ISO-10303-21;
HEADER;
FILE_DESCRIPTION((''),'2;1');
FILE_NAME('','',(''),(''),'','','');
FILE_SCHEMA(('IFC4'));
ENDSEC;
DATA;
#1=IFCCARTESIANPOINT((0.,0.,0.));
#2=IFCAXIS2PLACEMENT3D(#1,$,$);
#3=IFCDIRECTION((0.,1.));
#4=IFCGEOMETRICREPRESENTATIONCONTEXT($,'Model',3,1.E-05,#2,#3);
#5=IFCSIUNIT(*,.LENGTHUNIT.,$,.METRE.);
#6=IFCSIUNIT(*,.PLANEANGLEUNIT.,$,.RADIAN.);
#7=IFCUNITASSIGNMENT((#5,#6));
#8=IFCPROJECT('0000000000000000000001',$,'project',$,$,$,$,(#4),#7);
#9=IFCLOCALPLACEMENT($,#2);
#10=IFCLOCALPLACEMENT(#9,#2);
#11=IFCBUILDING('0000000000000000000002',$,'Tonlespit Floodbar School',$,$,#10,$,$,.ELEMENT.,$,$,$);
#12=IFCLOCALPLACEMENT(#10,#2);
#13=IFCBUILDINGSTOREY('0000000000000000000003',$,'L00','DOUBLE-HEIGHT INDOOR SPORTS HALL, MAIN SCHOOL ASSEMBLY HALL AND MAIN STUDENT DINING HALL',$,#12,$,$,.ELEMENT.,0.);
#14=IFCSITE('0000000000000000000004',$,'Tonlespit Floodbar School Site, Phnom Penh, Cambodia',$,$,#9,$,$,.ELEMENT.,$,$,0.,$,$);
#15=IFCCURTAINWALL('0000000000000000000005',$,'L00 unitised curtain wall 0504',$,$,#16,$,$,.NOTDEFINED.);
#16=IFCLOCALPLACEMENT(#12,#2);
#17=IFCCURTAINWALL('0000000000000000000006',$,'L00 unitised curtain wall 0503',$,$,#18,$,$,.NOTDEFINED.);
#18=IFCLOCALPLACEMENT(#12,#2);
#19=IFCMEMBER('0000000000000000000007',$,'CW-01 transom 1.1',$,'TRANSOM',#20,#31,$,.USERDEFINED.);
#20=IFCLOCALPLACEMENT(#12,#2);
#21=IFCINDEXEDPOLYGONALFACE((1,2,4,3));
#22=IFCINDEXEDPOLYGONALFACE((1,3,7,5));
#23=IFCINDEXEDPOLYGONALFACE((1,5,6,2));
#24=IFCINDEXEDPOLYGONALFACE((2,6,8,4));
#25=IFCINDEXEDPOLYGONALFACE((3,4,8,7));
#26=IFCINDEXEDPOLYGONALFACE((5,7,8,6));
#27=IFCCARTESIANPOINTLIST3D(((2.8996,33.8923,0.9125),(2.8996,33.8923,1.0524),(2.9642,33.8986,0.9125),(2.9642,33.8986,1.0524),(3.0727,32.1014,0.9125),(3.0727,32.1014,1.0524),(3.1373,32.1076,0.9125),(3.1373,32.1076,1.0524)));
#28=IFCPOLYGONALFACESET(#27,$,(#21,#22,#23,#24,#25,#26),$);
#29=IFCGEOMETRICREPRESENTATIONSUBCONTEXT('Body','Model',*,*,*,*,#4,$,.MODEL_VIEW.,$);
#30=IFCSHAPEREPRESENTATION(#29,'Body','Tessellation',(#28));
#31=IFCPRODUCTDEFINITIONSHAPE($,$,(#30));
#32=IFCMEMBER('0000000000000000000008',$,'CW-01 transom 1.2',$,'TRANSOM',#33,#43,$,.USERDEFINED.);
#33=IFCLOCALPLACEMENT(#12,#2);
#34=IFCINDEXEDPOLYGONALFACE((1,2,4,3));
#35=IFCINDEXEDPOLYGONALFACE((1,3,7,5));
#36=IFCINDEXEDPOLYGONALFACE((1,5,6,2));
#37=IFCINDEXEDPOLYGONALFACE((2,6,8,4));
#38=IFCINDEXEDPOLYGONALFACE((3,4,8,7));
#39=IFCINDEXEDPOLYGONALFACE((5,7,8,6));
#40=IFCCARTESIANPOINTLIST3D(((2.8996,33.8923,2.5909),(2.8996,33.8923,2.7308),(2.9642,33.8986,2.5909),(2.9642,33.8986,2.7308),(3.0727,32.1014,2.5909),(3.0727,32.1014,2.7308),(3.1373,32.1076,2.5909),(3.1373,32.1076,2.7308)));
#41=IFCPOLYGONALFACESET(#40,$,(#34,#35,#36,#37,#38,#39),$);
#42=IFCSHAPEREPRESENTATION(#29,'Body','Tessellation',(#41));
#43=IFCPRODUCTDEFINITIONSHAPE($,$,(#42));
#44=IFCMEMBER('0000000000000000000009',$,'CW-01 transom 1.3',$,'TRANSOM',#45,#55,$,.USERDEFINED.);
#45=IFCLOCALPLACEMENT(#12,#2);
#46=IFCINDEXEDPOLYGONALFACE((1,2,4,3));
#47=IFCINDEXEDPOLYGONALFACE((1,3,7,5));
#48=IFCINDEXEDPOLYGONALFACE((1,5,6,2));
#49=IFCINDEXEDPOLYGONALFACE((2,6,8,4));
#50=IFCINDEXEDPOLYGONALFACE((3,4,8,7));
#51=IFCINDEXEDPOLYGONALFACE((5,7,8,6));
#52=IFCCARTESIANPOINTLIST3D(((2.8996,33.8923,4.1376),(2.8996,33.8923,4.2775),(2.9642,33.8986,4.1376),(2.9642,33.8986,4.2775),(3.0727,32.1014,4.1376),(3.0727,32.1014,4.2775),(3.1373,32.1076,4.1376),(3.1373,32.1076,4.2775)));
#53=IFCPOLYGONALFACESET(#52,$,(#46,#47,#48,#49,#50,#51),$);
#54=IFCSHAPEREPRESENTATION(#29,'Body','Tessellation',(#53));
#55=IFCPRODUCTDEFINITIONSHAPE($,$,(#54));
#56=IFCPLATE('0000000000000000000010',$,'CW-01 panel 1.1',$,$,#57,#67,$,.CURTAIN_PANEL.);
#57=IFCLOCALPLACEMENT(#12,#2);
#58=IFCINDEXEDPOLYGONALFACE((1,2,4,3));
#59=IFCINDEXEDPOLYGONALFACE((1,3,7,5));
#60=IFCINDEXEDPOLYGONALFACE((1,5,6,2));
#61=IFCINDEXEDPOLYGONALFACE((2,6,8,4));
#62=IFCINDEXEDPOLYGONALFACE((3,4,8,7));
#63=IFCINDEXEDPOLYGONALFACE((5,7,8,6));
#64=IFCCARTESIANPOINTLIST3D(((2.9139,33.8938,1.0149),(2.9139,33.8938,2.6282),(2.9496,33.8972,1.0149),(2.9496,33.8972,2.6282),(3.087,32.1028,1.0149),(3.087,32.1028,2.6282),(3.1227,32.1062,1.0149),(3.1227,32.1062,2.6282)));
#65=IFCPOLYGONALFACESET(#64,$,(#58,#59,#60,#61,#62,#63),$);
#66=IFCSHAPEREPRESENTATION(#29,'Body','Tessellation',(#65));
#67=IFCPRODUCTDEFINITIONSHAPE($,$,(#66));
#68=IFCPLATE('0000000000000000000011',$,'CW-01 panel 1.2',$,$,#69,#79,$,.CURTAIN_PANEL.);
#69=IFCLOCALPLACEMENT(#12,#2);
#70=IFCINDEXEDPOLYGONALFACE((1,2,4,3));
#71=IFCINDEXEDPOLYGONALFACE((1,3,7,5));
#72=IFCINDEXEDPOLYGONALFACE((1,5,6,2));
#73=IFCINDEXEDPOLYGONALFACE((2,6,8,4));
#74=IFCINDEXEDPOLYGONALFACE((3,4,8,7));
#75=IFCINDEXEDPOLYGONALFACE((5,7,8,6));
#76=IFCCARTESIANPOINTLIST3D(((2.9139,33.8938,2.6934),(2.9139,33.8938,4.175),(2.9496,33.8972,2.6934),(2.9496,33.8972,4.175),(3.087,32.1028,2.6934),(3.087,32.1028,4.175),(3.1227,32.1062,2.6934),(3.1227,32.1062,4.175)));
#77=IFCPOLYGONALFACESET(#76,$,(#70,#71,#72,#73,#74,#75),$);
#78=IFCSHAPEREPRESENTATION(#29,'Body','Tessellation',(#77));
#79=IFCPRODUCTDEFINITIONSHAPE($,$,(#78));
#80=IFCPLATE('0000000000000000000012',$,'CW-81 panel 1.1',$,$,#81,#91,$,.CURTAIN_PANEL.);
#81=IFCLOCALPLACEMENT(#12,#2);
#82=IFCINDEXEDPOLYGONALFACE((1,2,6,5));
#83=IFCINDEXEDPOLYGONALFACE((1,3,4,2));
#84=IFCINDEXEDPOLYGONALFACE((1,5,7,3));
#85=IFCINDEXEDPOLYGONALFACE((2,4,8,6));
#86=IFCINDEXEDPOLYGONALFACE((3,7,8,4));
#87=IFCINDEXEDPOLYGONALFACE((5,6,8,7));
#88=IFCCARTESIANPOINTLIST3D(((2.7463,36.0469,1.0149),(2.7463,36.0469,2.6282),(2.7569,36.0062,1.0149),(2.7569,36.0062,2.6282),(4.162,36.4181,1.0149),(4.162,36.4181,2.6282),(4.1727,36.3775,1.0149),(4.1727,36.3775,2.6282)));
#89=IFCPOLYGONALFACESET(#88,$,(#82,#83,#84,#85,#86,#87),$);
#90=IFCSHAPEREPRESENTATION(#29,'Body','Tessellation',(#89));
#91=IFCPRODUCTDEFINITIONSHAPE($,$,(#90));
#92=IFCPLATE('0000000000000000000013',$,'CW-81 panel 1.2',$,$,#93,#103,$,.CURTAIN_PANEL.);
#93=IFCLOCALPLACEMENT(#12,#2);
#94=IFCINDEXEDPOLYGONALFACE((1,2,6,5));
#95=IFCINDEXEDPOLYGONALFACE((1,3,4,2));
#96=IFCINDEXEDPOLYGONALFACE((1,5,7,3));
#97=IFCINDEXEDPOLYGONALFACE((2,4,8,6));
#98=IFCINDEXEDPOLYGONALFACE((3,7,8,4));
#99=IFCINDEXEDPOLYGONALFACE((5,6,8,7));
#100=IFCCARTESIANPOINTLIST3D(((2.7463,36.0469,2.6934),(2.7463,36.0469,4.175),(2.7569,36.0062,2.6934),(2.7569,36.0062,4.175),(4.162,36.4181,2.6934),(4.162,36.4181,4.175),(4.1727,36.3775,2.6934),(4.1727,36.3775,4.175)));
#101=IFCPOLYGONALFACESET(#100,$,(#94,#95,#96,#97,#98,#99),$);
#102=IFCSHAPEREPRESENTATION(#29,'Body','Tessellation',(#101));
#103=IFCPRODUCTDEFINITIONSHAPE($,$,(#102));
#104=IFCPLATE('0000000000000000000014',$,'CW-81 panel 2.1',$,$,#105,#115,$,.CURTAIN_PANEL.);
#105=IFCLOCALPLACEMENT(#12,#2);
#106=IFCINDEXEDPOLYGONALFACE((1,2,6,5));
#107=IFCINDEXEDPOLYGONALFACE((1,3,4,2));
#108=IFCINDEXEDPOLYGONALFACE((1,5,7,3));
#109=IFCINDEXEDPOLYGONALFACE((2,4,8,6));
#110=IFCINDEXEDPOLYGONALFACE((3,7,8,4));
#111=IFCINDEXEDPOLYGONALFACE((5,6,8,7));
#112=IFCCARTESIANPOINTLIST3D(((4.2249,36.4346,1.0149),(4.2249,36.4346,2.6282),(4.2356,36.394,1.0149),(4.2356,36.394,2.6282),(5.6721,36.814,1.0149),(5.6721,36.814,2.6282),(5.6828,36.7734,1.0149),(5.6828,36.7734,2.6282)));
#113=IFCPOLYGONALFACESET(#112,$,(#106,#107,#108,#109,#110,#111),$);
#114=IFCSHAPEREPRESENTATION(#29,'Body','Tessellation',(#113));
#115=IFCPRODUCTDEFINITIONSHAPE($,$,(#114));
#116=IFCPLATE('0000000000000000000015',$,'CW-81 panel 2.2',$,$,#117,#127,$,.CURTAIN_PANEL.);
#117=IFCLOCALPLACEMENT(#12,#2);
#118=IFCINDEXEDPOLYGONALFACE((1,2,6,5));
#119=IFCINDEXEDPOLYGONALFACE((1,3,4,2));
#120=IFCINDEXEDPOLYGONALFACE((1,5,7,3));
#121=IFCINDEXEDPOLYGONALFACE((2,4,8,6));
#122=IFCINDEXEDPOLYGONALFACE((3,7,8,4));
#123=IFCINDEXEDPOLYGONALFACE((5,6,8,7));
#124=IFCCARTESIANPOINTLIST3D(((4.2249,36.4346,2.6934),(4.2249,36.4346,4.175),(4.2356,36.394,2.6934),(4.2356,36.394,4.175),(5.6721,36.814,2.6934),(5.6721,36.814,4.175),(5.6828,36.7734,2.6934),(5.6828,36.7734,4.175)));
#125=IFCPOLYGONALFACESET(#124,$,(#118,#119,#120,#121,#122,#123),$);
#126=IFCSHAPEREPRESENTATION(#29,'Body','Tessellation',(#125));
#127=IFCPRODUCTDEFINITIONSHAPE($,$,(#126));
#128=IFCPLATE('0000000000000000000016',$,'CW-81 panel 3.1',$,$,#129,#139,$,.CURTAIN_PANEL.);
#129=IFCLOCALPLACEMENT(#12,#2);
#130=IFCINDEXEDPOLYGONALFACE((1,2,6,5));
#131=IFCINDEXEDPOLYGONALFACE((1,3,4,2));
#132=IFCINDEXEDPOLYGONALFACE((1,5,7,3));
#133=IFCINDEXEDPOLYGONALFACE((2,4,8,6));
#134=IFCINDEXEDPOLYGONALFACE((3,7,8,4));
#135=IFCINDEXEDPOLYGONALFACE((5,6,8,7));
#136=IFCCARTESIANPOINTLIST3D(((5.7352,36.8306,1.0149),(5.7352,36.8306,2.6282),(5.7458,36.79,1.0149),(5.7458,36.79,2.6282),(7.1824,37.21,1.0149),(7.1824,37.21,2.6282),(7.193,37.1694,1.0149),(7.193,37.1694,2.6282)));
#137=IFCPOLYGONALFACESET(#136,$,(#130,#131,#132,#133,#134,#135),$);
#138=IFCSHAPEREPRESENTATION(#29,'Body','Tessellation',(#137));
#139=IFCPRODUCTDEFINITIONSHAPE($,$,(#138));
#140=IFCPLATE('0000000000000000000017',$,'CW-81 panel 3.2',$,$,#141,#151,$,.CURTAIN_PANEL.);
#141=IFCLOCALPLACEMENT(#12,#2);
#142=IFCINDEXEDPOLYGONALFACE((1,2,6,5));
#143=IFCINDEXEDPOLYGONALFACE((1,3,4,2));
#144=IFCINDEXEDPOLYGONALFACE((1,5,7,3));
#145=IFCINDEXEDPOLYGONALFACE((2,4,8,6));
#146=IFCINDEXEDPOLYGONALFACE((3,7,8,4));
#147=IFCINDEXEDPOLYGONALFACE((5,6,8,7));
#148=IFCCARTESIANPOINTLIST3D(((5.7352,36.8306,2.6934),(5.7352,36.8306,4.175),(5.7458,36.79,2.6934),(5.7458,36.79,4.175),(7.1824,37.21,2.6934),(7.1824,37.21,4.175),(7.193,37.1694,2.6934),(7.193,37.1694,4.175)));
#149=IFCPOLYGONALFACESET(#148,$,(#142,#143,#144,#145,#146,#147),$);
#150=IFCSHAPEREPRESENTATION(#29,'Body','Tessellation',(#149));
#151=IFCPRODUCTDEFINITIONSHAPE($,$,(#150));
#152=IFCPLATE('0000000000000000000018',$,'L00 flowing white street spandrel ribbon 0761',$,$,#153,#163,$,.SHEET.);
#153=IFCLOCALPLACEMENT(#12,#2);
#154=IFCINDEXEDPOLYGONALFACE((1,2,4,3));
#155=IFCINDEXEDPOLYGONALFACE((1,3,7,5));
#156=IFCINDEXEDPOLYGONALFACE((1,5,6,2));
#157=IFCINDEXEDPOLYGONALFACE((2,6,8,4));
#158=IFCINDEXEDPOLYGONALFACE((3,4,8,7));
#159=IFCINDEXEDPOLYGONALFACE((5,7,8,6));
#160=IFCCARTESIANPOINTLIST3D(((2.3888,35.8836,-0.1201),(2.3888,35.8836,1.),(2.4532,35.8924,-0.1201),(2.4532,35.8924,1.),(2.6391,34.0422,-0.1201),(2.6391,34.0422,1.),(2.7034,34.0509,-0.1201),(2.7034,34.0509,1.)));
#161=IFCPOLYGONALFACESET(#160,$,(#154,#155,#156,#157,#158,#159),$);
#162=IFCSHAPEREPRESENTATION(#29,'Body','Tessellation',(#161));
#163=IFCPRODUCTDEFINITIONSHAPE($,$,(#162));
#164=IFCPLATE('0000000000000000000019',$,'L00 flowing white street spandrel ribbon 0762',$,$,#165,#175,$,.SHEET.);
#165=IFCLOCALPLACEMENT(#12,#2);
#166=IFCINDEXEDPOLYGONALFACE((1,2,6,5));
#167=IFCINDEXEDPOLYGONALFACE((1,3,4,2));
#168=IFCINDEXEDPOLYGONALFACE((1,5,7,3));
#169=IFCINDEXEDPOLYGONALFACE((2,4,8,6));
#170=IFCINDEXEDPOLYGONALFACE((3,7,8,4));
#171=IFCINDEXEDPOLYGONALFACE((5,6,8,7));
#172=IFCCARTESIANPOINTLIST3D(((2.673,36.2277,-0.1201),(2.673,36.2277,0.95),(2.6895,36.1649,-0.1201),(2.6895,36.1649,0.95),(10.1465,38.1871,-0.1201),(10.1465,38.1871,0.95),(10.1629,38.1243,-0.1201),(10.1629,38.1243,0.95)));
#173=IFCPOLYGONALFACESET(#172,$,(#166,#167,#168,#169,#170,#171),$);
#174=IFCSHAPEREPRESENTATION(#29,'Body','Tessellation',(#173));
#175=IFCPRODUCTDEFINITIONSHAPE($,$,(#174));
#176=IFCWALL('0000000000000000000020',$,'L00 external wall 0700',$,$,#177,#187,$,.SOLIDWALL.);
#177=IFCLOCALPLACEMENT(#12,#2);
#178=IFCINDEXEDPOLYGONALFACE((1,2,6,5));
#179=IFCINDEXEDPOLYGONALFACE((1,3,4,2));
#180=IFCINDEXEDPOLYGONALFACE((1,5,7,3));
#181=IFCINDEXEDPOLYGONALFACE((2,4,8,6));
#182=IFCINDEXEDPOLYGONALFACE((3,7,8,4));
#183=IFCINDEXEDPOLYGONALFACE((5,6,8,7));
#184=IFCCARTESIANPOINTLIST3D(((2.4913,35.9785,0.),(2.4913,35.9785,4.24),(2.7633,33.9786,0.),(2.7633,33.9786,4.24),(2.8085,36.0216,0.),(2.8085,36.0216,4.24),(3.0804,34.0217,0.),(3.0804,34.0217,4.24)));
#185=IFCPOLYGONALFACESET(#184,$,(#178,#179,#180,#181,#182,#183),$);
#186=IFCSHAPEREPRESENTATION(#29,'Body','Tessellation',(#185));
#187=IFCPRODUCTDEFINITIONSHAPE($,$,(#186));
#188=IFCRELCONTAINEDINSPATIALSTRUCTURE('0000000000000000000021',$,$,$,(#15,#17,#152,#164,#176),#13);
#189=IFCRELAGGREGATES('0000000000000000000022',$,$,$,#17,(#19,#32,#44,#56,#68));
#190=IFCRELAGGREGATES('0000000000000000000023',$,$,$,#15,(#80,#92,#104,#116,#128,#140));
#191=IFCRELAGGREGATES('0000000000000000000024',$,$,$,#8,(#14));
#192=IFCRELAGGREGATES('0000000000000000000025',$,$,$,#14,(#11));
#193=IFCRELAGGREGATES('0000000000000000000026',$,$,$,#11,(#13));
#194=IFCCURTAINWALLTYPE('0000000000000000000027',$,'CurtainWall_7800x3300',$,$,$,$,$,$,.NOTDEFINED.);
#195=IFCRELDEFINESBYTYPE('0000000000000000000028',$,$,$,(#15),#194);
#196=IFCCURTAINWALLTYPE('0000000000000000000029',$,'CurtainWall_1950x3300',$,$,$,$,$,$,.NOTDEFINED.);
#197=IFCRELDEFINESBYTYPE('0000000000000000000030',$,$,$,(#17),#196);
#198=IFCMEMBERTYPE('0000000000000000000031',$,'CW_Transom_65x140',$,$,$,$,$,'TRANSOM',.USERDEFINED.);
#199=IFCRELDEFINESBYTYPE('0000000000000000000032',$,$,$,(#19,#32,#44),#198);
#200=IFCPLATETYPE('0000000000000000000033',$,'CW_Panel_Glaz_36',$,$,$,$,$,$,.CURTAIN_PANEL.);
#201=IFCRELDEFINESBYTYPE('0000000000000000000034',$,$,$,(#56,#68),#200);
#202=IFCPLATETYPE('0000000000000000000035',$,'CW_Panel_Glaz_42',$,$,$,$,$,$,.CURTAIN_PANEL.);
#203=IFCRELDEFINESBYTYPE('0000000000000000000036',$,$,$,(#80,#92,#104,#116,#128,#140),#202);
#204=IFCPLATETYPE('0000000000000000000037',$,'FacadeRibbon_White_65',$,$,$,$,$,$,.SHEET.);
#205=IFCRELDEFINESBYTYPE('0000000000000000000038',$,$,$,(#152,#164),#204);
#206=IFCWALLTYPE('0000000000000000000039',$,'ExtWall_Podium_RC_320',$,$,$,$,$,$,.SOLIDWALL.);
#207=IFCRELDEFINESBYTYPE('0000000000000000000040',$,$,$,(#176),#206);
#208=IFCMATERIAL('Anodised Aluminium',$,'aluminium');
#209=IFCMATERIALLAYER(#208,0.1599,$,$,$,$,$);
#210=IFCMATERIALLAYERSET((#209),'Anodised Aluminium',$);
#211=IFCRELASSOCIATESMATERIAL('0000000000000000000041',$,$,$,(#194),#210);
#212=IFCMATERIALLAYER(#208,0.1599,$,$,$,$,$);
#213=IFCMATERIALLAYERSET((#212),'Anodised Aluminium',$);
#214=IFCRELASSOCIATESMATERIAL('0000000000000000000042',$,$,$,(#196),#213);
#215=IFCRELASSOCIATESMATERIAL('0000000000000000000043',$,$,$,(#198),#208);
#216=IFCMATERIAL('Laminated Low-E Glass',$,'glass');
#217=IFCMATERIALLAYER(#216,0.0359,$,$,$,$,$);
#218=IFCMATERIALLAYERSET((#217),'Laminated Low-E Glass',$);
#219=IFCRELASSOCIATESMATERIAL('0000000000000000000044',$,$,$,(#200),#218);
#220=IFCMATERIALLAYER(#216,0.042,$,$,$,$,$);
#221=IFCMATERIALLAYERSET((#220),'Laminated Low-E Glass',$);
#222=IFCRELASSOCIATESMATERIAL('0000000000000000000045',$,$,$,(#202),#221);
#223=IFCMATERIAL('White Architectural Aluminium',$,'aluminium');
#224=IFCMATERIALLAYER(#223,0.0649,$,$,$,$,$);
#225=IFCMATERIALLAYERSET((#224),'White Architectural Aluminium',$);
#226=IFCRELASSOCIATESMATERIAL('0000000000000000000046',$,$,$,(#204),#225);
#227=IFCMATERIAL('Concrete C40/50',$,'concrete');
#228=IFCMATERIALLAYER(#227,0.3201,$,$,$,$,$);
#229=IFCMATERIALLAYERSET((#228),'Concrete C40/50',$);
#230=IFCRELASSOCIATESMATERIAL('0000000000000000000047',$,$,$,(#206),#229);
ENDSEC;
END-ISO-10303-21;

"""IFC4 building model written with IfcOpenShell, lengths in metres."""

from ifc_helpers import new_model, si_unit, direction, frame, frame_2d, origin, origin_2d, place, context, subcontext, project, spatial, rectangle, extrude, material, layer, layer_set, material_profile, profile_set, type_object, element, aggregate, save


model = new_model("IFC4")

# Units and contexts
model_context = context("Model", 3, precision=1e-05, world=origin(), true_north=direction((0.0, 1.0)))
body_context = subcontext(model_context, "Body", "Model", "MODEL_VIEW")
ifc_project = project(units=[si_unit("LENGTHUNIT", "METRE"), si_unit("PLANEANGLEUNIT", "RADIAN")], contexts=[model_context])

# Site, building, storey
site_placement = place(None, origin())
site = spatial("IfcSite", under=ifc_project, at=site_placement, Name="Tonlespit Floodbar School Site, Phnom Penh, Cambodia", CompositionType="ELEMENT", RefElevation=0.0)
building_placement = place(site_placement, origin())
building = spatial("IfcBuilding", under=site, at=building_placement, Name="Tonlespit Floodbar School", CompositionType="ELEMENT")
storey_placement = place(building_placement, origin())
storey = spatial("IfcBuildingStorey", under=building, at=storey_placement, Name="L00", Description="DOUBLE-HEIGHT INDOOR SPORTS HALL, MAIN SCHOOL ASSEMBLY HALL AND MAIN STUDENT DINING HALL", CompositionType="ELEMENT", Elevation=0.0)

# Curtain wall
ifc_material_1 = material(Name="Anodised Aluminium", Category="aluminium")
ifc_layer_1 = layer(ifc_material_1, 0.1599)
ifc_layer_set_1 = layer_set([ifc_layer_1], Name="Anodised Aluminium")
curtain_wall_type_1 = type_object("IfcCurtainWallType", Name="CurtainWall_7800x3300", PredefinedType="NOTDEFINED", material=ifc_layer_set_1)
curtain_wall_1_placement = place(storey_placement, origin())
curtain_wall_1 = element("IfcCurtainWall", 1, at=curtain_wall_1_placement, inside=storey, type_object=curtain_wall_type_1, Name="L00 unitised curtain wall 0504", PredefinedType="NOTDEFINED")

# Curtain wall
ifc_layer_2 = layer(ifc_material_1, 0.1599)
ifc_layer_set_2 = layer_set([ifc_layer_2], Name="Anodised Aluminium")
curtain_wall_type_2 = type_object("IfcCurtainWallType", Name="CurtainWall_1950x3300", PredefinedType="NOTDEFINED", material=ifc_layer_set_2)
curtain_wall_2_placement = place(storey_placement, origin())
curtain_wall_2 = element("IfcCurtainWall", 2, at=curtain_wall_2_placement, inside=storey, type_object=curtain_wall_type_2, Name="L00 unitised curtain wall 0503", PredefinedType="NOTDEFINED")

# Members
ifc_material_profile_1 = material_profile(ifc_material_1, rectangle(XDim=0.0649, YDim=0.1399, at=origin_2d()), Name="ALU T65x140")
ifc_profile_set_1 = profile_set([ifc_material_profile_1], Name="Anodised Aluminium")
member_type_1 = type_object("IfcMemberType", Name="CW_Transom_65x140", ElementType="TRANSOM", PredefinedType="USERDEFINED", material=ifc_profile_set_1)
member_1_placement = place(storey_placement, frame((3.105, 32.1045, 0.9824), z_axis=(-0.096198, 0.995362, 0.0), x_axis=(-0.995362, -0.096198, 0.0)))
member_1 = element("IfcMember", 3, at=member_1_placement, type_object=member_type_1, Name="CW-01 transom 1.1", ObjectType="TRANSOM", PredefinedType="USERDEFINED", context=body_context, shape_type="SweptSolid", body=[
    extrude(rectangle(XDim=0.0649, YDim=0.1399, at=origin_2d()), origin(), (0.0, 0.0, 1.0), 1.7993),
])
member_2_placement = place(storey_placement, frame((3.105, 32.1045, 2.6609), z_axis=(-0.096198, 0.995362, 0.0), x_axis=(-0.995362, -0.096198, 0.0)))
member_2 = element("IfcMember", 4, at=member_2_placement, type_object=member_type_1, Name="CW-01 transom 1.2", ObjectType="TRANSOM", PredefinedType="USERDEFINED", context=body_context, shape_type="SweptSolid", body=[
    extrude(rectangle(XDim=0.0649, YDim=0.1399, at=origin_2d()), origin(), (0.0, 0.0, 1.0), 1.7993),
])
member_3_placement = place(storey_placement, frame((3.105, 32.1045, 4.2075), z_axis=(-0.096198, 0.995362, 0.0), x_axis=(-0.995362, -0.096198, 0.0)))
member_3 = element("IfcMember", 5, at=member_3_placement, type_object=member_type_1, Name="CW-01 transom 1.3", ObjectType="TRANSOM", PredefinedType="USERDEFINED", context=body_context, shape_type="SweptSolid", body=[
    extrude(rectangle(XDim=0.0649, YDim=0.1399, at=origin_2d()), origin(), (0.0, 0.0, 1.0), 1.7993),
])

# Plates
ifc_material_2 = material(Name="Laminated Low-E Glass", Category="glass")
ifc_layer_3 = layer(ifc_material_2, 0.0359)
ifc_layer_set_3 = layer_set([ifc_layer_3], Name="Laminated Low-E Glass")
plate_type_1 = type_object("IfcPlateType", Name="CW_Panel_Glaz_36", PredefinedType="CURTAIN_PANEL", material=ifc_layer_set_3)
plate_1_placement = place(storey_placement, frame((3.0183, 33.0, 1.0149), z_axis=(0.0, 0.0, 1.0), x_axis=(-0.096198, 0.995362, 0.0)))
plate_1 = element("IfcPlate", 6, at=plate_1_placement, type_object=plate_type_1, Name="CW-01 panel 1.1", PredefinedType="CURTAIN_PANEL", context=body_context, shape_type="SweptSolid", body=[
    extrude(rectangle(XDim=1.7993, YDim=0.0359, at=origin_2d()), origin(), (0.0, 0.0, 1.0), 1.6133),
])
plate_2_placement = place(storey_placement, frame((3.0183, 33.0, 2.6934), z_axis=(0.0, 0.0, 1.0), x_axis=(-0.096198, 0.995362, 0.0)))
plate_2 = element("IfcPlate", 7, at=plate_2_placement, type_object=plate_type_1, Name="CW-01 panel 1.2", PredefinedType="CURTAIN_PANEL", context=body_context, shape_type="SweptSolid", body=[
    extrude(rectangle(XDim=1.7993, YDim=0.0359, at=origin_2d()), origin(), (0.0, 0.0, 1.0), 1.4817),
])
aggregate(curtain_wall_2, [member_1, member_2, member_3, plate_1, plate_2])
ifc_layer_4 = layer(ifc_material_2, 0.042)
ifc_layer_set_4 = layer_set([ifc_layer_4], Name="Laminated Low-E Glass")
plate_type_2 = type_object("IfcPlateType", Name="CW_Panel_Glaz_42", PredefinedType="CURTAIN_PANEL", material=ifc_layer_set_4)
plate_3_placement = place(storey_placement, frame((3.4595, 36.2122, 1.0149), z_axis=(0.0, 0.0, 1.0), x_axis=(0.967303, 0.253624, 0.0)))
plate_3 = element("IfcPlate", 8, at=plate_3_placement, type_object=plate_type_2, Name="CW-81 panel 1.1", PredefinedType="CURTAIN_PANEL", context=body_context, shape_type="SweptSolid", body=[
    extrude(rectangle(XDim=1.4636, YDim=0.042, at=origin_2d()), origin(), (0.0, 0.0, 1.0), 1.6133),
])
plate_4_placement = place(storey_placement, frame((3.4595, 36.2122, 2.6934), z_axis=(0.0, 0.0, 1.0), x_axis=(0.967303, 0.253624, 0.0)))
plate_4 = element("IfcPlate", 9, at=plate_4_placement, type_object=plate_type_2, Name="CW-81 panel 1.2", PredefinedType="CURTAIN_PANEL", context=body_context, shape_type="SweptSolid", body=[
    extrude(rectangle(XDim=1.4636, YDim=0.042, at=origin_2d()), origin(), (0.0, 0.0, 1.0), 1.4817),
])
plate_5_placement = place(storey_placement, frame((4.9539, 36.604, 1.0149), z_axis=(0.0, 0.0, 1.0), x_axis=(0.967303, 0.253624, 0.0)))
plate_5 = element("IfcPlate", 10, at=plate_5_placement, type_object=plate_type_2, Name="CW-81 panel 2.1", PredefinedType="CURTAIN_PANEL", context=body_context, shape_type="SweptSolid", body=[
    extrude(rectangle(XDim=1.4961, YDim=0.042, at=origin_2d()), origin(), (0.0, 0.0, 1.0), 1.6133),
])
plate_6_placement = place(storey_placement, frame((4.9539, 36.604, 2.6934), z_axis=(0.0, 0.0, 1.0), x_axis=(0.967303, 0.253624, 0.0)))
plate_6 = element("IfcPlate", 11, at=plate_6_placement, type_object=plate_type_2, Name="CW-81 panel 2.2", PredefinedType="CURTAIN_PANEL", context=body_context, shape_type="SweptSolid", body=[
    extrude(rectangle(XDim=1.4961, YDim=0.042, at=origin_2d()), origin(), (0.0, 0.0, 1.0), 1.4817),
])
plate_7_placement = place(storey_placement, frame((6.4641, 37.0, 1.0149), z_axis=(0.0, 0.0, 1.0), x_axis=(0.967303, 0.253624, 0.0)))
plate_7 = element("IfcPlate", 12, at=plate_7_placement, type_object=plate_type_2, Name="CW-81 panel 3.1", PredefinedType="CURTAIN_PANEL", context=body_context, shape_type="SweptSolid", body=[
    extrude(rectangle(XDim=1.4961, YDim=0.042, at=origin_2d()), origin(), (0.0, 0.0, 1.0), 1.6133),
])
plate_8_placement = place(storey_placement, frame((6.4641, 37.0, 2.6934), z_axis=(0.0, 0.0, 1.0), x_axis=(0.967303, 0.253624, 0.0)))
plate_8 = element("IfcPlate", 13, at=plate_8_placement, type_object=plate_type_2, Name="CW-81 panel 3.2", PredefinedType="CURTAIN_PANEL", context=body_context, shape_type="SweptSolid", body=[
    extrude(rectangle(XDim=1.4961, YDim=0.042, at=origin_2d()), origin(), (0.0, 0.0, 1.0), 1.4817),
])
aggregate(curtain_wall_1, [plate_3, plate_4, plate_5, plate_6, plate_7, plate_8])

# Plates
ifc_material_3 = material(Name="White Architectural Aluminium", Category="aluminium")
ifc_layer_5 = layer(ifc_material_3, 0.0649)
ifc_layer_set_5 = layer_set([ifc_layer_5], Name="White Architectural Aluminium")
plate_type_3 = type_object("IfcPlateType", Name="FacadeRibbon_White_65", PredefinedType="SHEET", material=ifc_layer_set_5)
plate_9_placement = place(storey_placement, frame((2.5461, 34.9673, -0.1201), z_axis=(0.0, 0.0, 1.0), x_axis=(-0.134662, 0.990892, 0.0)))
element("IfcPlate", 14, at=plate_9_placement, inside=storey, type_object=plate_type_3, Name="L00 flowing white street spandrel ribbon 0761", PredefinedType="SHEET", context=body_context, shape_type="SweptSolid", body=[
    extrude(rectangle(XDim=1.8584, YDim=0.0649, at=origin_2d()), origin(), (0.0, 0.0, 1.0), 1.1201),
])
plate_10_placement = place(storey_placement, frame((6.418, 37.176, -0.1201), z_axis=(0.0, 0.0, 1.0), x_axis=(0.967306, 0.253613, 0.0)))
element("IfcPlate", 15, at=plate_10_placement, inside=storey, type_object=plate_type_3, Name="L00 flowing white street spandrel ribbon 0762", PredefinedType="SHEET", context=body_context, shape_type="SweptSolid", body=[
    extrude(rectangle(XDim=7.7261, YDim=0.0649, at=origin_2d()), origin(), (0.0, 0.0, 1.0), 1.0701),
])

# Wall
ifc_material_4 = material(Name="Concrete C40/50", Category="concrete")
ifc_layer_6 = layer(ifc_material_4, 0.3201)
ifc_layer_set_6 = layer_set([ifc_layer_6], Name="Concrete C40/50")
wall_type_1 = type_object("IfcWallType", Name="ExtWall_Podium_RC_320", PredefinedType="SOLIDWALL", material=ifc_layer_set_6)
wall_1_placement = place(storey_placement, frame((2.9219, 34.0, 0.0), z_axis=(0.0, 0.0, 1.0), x_axis=(-0.134746, 0.99088, 0.0)))
element("IfcWall", 16, at=wall_1_placement, inside=storey, type_object=wall_type_1, Name="L00 external wall 0700", PredefinedType="SOLIDWALL", context=body_context, shape_type="SweptSolid", body=[
    extrude(rectangle(XDim=2.0183, YDim=0.3201, at=frame_2d((1.0093, 0.0))), origin(), (0.0, 0.0, 1.0), 4.24),
])

save(model, "model.ifc")
